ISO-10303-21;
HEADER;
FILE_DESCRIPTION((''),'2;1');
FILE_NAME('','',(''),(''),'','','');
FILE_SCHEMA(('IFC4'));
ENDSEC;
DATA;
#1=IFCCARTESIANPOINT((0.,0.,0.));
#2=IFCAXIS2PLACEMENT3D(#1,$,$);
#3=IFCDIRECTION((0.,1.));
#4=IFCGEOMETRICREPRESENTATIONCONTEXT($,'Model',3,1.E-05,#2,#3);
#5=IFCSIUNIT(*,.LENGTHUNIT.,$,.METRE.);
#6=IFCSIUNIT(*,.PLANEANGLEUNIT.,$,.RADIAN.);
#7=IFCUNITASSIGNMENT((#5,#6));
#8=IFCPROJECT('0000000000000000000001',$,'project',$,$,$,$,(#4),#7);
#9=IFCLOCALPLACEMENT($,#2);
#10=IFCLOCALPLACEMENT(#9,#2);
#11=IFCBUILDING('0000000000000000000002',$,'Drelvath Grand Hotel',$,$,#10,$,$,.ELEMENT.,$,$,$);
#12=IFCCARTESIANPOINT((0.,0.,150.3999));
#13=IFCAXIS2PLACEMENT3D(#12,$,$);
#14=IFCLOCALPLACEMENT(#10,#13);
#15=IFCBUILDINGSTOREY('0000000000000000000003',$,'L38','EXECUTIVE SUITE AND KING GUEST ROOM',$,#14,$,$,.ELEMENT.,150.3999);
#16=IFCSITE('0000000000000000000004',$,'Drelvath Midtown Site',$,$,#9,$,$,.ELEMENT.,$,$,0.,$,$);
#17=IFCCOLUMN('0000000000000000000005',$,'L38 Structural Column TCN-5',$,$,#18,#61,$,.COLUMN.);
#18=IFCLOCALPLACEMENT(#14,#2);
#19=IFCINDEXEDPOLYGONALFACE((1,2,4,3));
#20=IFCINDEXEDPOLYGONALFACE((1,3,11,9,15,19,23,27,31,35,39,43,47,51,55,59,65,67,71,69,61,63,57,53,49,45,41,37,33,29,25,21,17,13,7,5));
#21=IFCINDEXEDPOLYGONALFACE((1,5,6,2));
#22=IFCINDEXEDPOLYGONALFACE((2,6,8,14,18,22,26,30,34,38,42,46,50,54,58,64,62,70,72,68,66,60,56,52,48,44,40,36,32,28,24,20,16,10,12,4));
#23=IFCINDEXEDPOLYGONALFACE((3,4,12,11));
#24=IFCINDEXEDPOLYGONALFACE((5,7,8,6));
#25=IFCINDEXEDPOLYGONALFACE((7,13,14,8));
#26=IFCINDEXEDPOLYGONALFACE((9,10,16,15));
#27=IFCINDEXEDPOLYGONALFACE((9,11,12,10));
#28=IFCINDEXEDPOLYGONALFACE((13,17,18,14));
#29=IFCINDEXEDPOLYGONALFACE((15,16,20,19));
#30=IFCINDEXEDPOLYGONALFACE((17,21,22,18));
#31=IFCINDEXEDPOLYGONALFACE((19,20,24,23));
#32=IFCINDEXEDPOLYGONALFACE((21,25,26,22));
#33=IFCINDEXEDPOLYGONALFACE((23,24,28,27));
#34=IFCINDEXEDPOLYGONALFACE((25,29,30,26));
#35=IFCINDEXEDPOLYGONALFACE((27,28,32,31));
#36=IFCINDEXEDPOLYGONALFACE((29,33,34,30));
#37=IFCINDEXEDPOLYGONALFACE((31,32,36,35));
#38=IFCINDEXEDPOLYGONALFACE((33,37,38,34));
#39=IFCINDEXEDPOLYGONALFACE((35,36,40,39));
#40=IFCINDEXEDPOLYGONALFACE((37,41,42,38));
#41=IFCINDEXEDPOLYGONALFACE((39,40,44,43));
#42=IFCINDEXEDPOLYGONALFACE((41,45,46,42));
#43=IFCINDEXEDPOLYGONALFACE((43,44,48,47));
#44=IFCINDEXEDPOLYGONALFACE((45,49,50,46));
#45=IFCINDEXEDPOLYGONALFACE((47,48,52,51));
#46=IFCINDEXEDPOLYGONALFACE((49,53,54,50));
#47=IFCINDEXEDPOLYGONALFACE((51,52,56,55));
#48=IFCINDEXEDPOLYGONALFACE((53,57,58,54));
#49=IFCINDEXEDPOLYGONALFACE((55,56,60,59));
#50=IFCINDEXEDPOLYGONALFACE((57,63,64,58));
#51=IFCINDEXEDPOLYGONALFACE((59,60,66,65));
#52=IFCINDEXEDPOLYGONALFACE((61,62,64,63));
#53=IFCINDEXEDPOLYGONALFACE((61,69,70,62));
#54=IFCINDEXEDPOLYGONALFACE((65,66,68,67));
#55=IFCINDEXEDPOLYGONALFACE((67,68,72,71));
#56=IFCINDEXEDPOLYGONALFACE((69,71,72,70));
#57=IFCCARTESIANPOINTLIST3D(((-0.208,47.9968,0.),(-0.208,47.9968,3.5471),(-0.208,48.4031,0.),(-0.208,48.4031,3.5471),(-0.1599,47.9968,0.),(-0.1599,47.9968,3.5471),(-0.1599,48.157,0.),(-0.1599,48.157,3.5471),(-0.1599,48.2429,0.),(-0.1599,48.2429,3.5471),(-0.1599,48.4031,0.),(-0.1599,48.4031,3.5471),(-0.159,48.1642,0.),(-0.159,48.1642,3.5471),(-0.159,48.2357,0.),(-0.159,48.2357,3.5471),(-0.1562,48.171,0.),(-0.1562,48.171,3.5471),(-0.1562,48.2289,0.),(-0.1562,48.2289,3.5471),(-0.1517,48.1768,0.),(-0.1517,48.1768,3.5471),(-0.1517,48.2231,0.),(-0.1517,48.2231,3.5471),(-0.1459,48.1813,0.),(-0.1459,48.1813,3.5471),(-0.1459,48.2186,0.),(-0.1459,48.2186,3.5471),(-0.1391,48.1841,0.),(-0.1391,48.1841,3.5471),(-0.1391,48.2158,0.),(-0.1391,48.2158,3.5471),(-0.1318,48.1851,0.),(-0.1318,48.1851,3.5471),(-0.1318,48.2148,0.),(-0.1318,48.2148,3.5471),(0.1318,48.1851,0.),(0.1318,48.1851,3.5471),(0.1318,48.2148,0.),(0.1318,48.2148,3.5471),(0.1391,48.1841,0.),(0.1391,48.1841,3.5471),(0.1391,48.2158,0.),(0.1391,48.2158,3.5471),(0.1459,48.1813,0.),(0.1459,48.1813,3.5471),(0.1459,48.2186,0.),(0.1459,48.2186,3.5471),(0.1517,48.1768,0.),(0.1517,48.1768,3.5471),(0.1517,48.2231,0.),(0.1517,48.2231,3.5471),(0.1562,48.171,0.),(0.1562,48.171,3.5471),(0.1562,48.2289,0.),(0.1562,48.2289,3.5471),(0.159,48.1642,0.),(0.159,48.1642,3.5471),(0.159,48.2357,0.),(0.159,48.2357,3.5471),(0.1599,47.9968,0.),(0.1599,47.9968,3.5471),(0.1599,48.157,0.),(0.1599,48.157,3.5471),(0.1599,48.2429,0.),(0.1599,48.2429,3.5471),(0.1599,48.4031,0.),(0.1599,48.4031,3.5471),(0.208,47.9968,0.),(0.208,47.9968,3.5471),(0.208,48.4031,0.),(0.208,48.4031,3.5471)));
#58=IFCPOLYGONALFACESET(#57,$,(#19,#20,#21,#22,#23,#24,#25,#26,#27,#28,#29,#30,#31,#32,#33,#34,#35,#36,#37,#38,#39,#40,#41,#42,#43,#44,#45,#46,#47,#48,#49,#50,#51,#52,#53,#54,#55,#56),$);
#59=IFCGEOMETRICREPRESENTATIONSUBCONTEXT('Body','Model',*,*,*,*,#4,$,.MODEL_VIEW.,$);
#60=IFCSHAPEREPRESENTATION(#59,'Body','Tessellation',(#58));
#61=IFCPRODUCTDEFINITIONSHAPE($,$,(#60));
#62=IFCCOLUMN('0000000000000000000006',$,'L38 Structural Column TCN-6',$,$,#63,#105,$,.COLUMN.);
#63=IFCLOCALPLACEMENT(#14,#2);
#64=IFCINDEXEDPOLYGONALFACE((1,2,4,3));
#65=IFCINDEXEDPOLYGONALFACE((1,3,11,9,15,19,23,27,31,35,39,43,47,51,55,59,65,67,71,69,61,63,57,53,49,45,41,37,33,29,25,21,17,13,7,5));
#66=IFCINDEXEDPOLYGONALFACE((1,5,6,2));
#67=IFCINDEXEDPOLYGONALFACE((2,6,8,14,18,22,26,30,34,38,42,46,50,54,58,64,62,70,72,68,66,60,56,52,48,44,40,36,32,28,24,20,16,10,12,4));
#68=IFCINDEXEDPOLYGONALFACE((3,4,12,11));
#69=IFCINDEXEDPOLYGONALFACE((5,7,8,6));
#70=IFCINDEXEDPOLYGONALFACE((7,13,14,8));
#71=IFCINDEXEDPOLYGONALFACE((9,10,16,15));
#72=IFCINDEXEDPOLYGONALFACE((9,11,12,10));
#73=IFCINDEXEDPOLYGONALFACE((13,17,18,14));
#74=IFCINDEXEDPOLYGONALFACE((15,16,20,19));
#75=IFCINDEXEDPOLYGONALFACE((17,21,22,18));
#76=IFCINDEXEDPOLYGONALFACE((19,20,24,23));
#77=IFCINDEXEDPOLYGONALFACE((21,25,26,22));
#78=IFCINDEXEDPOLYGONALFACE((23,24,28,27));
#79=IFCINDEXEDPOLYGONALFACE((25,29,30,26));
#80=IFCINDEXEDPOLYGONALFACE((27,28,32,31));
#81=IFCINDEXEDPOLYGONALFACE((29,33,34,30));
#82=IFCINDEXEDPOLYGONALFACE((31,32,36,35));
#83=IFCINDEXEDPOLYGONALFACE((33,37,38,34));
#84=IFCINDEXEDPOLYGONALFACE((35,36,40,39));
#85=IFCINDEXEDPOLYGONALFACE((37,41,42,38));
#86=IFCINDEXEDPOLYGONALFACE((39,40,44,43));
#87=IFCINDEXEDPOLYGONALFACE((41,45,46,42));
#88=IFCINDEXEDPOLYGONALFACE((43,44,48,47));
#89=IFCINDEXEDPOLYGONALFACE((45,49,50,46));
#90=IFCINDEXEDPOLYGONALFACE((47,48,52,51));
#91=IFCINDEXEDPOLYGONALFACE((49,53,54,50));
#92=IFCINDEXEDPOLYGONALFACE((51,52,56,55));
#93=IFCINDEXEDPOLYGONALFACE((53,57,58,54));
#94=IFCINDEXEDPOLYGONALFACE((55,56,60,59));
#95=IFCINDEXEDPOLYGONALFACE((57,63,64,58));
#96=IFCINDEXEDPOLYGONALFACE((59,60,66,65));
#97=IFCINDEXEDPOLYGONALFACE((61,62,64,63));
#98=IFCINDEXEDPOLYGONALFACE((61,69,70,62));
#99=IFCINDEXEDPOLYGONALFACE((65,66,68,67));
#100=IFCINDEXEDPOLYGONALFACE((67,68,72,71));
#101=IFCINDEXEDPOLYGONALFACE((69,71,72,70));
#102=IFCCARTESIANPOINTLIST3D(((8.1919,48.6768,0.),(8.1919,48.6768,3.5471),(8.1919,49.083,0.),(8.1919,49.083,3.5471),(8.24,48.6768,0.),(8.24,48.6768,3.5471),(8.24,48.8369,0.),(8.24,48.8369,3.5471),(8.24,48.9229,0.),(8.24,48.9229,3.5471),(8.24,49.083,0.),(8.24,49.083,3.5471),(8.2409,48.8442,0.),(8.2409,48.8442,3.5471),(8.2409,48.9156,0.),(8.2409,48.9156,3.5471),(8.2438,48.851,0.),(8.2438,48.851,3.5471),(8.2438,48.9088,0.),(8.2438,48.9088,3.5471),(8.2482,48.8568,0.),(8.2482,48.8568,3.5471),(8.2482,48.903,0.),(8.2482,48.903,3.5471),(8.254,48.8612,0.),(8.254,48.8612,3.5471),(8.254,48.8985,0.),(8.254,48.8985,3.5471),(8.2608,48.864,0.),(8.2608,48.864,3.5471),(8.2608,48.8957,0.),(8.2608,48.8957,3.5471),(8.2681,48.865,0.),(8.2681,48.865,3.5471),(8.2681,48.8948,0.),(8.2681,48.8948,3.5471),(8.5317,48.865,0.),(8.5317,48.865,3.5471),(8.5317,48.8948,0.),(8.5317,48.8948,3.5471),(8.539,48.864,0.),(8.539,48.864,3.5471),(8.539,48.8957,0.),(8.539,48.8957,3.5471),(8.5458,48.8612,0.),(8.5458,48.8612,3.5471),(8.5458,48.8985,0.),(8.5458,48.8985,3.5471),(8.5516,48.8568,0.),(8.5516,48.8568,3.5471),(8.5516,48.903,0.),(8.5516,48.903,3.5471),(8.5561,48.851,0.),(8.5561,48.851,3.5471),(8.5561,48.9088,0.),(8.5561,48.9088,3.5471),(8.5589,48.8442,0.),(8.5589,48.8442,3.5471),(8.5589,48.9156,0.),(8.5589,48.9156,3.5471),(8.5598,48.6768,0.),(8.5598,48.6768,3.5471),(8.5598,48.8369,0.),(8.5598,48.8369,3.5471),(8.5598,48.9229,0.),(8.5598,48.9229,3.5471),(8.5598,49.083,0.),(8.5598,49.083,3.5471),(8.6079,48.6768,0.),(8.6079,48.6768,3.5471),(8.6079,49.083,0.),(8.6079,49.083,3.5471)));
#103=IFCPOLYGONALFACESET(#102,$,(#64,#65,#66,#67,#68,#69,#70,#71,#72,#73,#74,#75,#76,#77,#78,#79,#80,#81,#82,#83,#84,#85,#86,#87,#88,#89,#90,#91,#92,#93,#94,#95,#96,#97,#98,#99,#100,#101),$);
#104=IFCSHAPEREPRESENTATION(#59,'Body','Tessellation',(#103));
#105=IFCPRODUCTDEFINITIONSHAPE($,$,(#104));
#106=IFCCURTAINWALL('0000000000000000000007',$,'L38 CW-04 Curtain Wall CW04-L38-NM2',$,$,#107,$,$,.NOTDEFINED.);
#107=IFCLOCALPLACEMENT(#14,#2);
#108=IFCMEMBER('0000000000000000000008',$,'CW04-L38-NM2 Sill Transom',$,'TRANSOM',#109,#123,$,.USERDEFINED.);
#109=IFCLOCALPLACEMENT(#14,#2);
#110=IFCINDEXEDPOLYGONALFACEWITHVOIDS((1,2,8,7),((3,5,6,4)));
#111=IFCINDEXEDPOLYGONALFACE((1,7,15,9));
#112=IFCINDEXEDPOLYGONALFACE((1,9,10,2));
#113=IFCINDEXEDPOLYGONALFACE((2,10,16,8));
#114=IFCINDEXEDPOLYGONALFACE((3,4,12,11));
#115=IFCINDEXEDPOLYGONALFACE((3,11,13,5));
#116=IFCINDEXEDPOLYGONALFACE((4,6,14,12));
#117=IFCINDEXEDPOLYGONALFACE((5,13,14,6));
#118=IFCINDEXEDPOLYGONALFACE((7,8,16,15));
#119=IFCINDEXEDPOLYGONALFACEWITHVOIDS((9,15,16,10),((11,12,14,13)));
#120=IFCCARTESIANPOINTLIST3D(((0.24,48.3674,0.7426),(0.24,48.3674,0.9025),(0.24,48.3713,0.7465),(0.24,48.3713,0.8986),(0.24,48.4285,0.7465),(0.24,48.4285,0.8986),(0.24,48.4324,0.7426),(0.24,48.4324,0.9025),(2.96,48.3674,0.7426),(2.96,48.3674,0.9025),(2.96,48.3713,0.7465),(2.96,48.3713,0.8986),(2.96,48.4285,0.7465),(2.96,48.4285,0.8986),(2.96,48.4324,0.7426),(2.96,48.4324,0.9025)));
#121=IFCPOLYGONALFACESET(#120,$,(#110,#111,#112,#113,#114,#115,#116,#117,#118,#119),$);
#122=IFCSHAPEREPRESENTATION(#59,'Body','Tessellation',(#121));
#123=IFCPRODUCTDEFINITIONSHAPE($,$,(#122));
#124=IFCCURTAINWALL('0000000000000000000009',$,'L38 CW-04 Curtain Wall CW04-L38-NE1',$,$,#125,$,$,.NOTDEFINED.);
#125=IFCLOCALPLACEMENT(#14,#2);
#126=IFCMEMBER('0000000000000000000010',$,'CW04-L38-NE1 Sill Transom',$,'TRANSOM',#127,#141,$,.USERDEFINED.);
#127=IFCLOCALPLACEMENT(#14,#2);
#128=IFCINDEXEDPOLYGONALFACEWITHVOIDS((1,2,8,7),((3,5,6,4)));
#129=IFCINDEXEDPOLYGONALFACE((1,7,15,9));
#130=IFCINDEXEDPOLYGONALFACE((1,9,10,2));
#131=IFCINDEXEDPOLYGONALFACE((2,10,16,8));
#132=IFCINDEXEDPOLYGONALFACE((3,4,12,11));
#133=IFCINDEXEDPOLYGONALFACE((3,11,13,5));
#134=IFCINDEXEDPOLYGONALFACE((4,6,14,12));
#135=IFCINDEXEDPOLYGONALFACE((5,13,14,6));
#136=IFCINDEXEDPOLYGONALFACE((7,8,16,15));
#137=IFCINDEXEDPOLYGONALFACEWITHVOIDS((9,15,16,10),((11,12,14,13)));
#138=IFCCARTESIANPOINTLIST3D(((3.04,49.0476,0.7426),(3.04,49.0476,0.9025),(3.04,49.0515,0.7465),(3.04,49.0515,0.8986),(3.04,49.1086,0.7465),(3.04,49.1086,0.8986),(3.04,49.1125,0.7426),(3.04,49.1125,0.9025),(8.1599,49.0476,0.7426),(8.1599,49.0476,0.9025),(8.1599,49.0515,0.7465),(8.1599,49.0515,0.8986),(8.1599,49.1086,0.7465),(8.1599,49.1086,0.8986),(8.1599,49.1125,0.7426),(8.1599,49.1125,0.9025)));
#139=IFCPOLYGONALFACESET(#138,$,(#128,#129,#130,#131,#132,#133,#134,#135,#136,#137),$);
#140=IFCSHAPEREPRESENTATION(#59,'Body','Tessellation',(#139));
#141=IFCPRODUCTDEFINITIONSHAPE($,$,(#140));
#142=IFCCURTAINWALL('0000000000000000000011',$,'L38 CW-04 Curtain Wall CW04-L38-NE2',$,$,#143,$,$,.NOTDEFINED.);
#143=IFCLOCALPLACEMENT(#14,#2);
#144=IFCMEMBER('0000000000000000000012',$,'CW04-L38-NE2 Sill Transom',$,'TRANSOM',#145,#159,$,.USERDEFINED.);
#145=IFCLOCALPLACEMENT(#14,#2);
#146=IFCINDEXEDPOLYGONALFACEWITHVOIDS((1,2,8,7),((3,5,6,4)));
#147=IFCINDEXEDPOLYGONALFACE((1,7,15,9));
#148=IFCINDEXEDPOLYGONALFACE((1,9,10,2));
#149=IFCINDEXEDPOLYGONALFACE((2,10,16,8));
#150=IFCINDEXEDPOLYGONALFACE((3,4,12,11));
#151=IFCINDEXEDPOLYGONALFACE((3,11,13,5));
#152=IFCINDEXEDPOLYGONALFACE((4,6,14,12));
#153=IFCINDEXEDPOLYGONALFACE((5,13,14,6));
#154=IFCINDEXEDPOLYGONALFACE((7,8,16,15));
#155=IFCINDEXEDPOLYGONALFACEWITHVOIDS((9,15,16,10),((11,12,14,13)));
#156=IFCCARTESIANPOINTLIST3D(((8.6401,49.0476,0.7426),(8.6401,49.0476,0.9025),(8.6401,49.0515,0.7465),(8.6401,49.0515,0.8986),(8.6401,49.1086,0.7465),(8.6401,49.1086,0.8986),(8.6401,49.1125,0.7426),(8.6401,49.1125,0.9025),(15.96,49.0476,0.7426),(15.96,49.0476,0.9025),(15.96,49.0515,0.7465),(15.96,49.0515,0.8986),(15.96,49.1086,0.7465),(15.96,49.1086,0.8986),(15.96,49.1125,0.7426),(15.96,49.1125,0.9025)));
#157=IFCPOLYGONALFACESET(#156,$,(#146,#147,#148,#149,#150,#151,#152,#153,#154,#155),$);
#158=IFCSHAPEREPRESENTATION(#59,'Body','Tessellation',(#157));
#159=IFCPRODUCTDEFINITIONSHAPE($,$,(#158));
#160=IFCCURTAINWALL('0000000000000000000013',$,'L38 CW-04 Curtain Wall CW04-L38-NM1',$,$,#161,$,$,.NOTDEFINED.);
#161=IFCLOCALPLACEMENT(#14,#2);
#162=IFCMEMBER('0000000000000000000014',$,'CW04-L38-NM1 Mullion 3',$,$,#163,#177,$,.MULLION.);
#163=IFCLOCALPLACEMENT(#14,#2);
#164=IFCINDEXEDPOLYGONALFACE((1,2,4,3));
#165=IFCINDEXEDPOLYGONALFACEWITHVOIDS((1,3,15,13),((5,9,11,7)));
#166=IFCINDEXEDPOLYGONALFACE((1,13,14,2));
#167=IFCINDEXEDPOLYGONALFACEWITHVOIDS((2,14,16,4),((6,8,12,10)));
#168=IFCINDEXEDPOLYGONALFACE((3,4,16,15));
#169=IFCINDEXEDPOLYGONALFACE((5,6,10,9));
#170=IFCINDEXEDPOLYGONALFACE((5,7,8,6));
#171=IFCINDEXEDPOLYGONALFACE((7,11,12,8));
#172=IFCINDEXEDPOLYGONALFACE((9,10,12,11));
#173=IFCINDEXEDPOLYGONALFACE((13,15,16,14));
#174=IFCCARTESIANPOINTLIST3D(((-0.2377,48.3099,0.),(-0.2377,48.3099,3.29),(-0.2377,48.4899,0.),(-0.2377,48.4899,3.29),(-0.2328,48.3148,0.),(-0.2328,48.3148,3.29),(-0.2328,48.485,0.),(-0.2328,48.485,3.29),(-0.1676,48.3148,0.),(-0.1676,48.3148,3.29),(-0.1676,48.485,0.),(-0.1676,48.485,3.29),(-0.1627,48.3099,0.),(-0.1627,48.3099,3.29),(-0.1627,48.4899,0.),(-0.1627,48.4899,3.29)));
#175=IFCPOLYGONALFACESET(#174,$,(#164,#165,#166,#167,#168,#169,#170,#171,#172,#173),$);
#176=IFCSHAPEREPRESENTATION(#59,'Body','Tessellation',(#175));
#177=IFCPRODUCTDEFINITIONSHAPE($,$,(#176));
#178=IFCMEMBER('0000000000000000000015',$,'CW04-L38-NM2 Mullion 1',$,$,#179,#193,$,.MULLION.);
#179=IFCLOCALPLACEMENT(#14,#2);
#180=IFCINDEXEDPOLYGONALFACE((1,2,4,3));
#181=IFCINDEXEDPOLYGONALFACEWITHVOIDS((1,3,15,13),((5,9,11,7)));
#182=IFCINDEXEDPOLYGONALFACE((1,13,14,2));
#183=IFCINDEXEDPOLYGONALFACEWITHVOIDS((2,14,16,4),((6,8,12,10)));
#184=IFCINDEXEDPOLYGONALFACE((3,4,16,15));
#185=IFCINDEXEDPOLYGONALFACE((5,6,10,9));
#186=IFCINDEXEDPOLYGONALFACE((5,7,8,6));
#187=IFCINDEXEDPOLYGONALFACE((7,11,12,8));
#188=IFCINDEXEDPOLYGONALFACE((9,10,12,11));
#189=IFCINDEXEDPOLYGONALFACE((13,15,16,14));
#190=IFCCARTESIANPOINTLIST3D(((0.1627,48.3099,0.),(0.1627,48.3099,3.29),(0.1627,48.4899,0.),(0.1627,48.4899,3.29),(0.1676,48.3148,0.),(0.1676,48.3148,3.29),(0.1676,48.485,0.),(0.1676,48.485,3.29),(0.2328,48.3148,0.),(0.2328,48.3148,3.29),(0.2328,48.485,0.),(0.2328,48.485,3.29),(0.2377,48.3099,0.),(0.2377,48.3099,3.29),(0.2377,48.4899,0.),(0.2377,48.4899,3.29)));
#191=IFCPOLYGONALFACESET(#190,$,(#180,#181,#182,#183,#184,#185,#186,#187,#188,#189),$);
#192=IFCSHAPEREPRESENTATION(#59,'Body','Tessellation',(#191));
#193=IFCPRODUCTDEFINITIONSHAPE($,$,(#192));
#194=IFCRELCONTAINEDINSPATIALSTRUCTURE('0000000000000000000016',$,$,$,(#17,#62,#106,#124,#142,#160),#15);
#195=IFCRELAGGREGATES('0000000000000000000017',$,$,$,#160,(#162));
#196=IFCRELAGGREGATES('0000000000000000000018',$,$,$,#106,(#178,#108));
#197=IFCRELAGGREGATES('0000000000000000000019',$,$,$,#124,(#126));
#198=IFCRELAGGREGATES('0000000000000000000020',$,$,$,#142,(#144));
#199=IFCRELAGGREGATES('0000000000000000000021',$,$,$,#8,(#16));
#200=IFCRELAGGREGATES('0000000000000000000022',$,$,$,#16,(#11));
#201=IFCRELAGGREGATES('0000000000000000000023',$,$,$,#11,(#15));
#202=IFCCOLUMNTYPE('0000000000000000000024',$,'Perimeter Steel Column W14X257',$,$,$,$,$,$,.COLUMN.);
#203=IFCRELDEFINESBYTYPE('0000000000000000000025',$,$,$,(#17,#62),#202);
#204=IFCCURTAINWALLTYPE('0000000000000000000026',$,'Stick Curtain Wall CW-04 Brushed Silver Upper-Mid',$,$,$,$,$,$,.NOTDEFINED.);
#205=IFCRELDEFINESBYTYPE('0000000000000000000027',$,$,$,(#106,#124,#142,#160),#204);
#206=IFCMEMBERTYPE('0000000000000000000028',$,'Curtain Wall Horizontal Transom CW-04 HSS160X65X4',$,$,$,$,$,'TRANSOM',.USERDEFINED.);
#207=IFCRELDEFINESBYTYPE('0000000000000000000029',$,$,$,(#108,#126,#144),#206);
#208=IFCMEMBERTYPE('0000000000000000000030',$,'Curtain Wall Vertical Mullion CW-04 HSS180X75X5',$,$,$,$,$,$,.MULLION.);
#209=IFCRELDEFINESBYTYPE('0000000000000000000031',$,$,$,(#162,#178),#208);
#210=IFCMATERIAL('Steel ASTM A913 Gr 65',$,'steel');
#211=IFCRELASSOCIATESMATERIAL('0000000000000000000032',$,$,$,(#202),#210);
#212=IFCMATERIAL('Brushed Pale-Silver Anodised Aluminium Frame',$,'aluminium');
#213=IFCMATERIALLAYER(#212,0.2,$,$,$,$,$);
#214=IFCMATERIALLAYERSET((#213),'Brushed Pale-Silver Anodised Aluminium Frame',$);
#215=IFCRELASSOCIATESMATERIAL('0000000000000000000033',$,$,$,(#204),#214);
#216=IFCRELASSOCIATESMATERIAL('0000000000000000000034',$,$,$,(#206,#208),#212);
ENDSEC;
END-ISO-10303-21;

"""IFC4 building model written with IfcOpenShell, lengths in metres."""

from ifc_helpers import new_model, si_unit, direction, frame, origin, origin_2d, place, context, subcontext, project, spatial, hollow_rectangle, i_section, extrude, material, layer, layer_set, material_profile, profile_set, type_object, element, aggregate, save


model = new_model("IFC4")

# Units and contexts
model_context = context("Model", 3, precision=1e-05, world=origin(), true_north=direction((0.0, 1.0)))
body_context = subcontext(model_context, "Body", "Model", "MODEL_VIEW")
ifc_project = project(units=[si_unit("LENGTHUNIT", "METRE"), si_unit("PLANEANGLEUNIT", "RADIAN")], contexts=[model_context])

# Site, building, storey
site_placement = place(None, origin())
site = spatial("IfcSite", under=ifc_project, at=site_placement, Name="Drelvath Midtown Site", CompositionType="ELEMENT", RefElevation=0.0)
building_placement = place(site_placement, origin())
building = spatial("IfcBuilding", under=site, at=building_placement, Name="Drelvath Grand Hotel", CompositionType="ELEMENT")
storey_placement = place(building_placement, frame((0.0, 0.0, 150.3999)))
storey = spatial("IfcBuildingStorey", under=building, at=storey_placement, Name="L38", Description="EXECUTIVE SUITE AND KING GUEST ROOM", CompositionType="ELEMENT", Elevation=150.3999)

# Columns
ifc_material_1 = material(Name="Steel ASTM A913 Gr 65", Category="steel")
ifc_material_profile_1 = material_profile(ifc_material_1, i_section(OverallWidth=0.4062, OverallDepth=0.416, WebThickness=0.0298, FlangeThickness=0.0481, FilletRadius=0.0281, at=origin_2d()), Name="W14X257")
ifc_profile_set_1 = profile_set([ifc_material_profile_1], Name="Steel ASTM A913 Gr 65")
column_type = type_object("IfcColumnType", Name="Perimeter Steel Column W14X257", PredefinedType="COLUMN", material=ifc_profile_set_1)
for number, where, z_axis, x_axis, name in (
    (1, (0.0, 48.2, 0.0), (0.0, 0.0, 1.0), (0.0, 1.0, 0.0), "L38 Structural Column TCN-5"),
    (2, (8.3999, 48.8799, 0.0), (0.0, 0.0, 1.0), (0.0, 1.0, 0.0), "L38 Structural Column TCN-6"),
):
    element("IfcColumn", number, at=place(storey_placement, frame(where, z_axis=z_axis, x_axis=x_axis)), inside=storey, type_object=column_type, Name=name, PredefinedType="COLUMN", context=body_context, shape_type="SweptSolid", body=[
        extrude(i_section(OverallWidth=0.4062, OverallDepth=0.416, WebThickness=0.0298, FlangeThickness=0.0481, FilletRadius=0.0281, at=origin_2d()), origin(), (0.0, 0.0, 1.0), 3.5471),
    ])

# Curtain walls, members
ifc_material_2 = material(Name="Brushed Pale-Silver Anodised Aluminium Frame", Category="aluminium")
ifc_layer_1 = layer(ifc_material_2, 0.2)
ifc_layer_set_1 = layer_set([ifc_layer_1], Name="Brushed Pale-Silver Anodised Aluminium Frame")
curtain_wall_type = type_object("IfcCurtainWallType", Name="Stick Curtain Wall CW-04 Brushed Silver Upper-Mid", PredefinedType="NOTDEFINED", material=ifc_layer_set_1)
curtain_wall_1_placement = place(storey_placement, origin())
curtain_wall_1 = element("IfcCurtainWall", 3, at=curtain_wall_1_placement, inside=storey, type_object=curtain_wall_type, Name="L38 CW-04 Curtain Wall CW04-L38-NM2", PredefinedType="NOTDEFINED")
ifc_material_profile_2 = material_profile(ifc_material_2, hollow_rectangle(XDim=0.0649, YDim=0.1599, WallThickness=0.0039, at=origin_2d()), Name="HSS160X65X4")
ifc_profile_set_2 = profile_set([ifc_material_profile_2], Name="Brushed Pale-Silver Anodised Aluminium Frame")
member_type_1 = type_object("IfcMemberType", Name="Curtain Wall Horizontal Transom CW-04 HSS160X65X4", ElementType="TRANSOM", PredefinedType="USERDEFINED", material=ifc_profile_set_2)
member_1_placement = place(storey_placement, frame((0.24, 48.3999, 0.8225), z_axis=(1.0, 0.0, 0.0), x_axis=(0.0, 1.0, 0.0)))
member_1 = element("IfcMember", 4, at=member_1_placement, type_object=member_type_1, Name="CW04-L38-NM2 Sill Transom", ObjectType="TRANSOM", PredefinedType="USERDEFINED", context=body_context, shape_type="SweptSolid", body=[
    extrude(hollow_rectangle(XDim=0.0649, YDim=0.1599, WallThickness=0.0039, at=origin_2d()), origin(), (0.0, 0.0, 1.0), 2.72),
])
curtain_wall_2_placement = place(storey_placement, origin())
curtain_wall_2 = element("IfcCurtainWall", 5, at=curtain_wall_2_placement, inside=storey, type_object=curtain_wall_type, Name="L38 CW-04 Curtain Wall CW04-L38-NE1", PredefinedType="NOTDEFINED")
member_2_placement = place(storey_placement, frame((3.04, 49.0801, 0.8225), z_axis=(1.0, 0.0, 0.0), x_axis=(0.0, 1.0, 0.0)))
member_2 = element("IfcMember", 6, at=member_2_placement, type_object=member_type_1, Name="CW04-L38-NE1 Sill Transom", ObjectType="TRANSOM", PredefinedType="USERDEFINED", context=body_context, shape_type="SweptSolid", body=[
    extrude(hollow_rectangle(XDim=0.0649, YDim=0.1599, WallThickness=0.0039, at=origin_2d()), origin(), (0.0, 0.0, 1.0), 5.1199),
])
curtain_wall_3_placement = place(storey_placement, origin())
curtain_wall_3 = element("IfcCurtainWall", 7, at=curtain_wall_3_placement, inside=storey, type_object=curtain_wall_type, Name="L38 CW-04 Curtain Wall CW04-L38-NE2", PredefinedType="NOTDEFINED")
member_3_placement = place(storey_placement, frame((8.6401, 49.0801, 0.8225), z_axis=(1.0, 0.0, 0.0), x_axis=(0.0, 1.0, 0.0)))
member_3 = element("IfcMember", 8, at=member_3_placement, type_object=member_type_1, Name="CW04-L38-NE2 Sill Transom", ObjectType="TRANSOM", PredefinedType="USERDEFINED", context=body_context, shape_type="SweptSolid", body=[
    extrude(hollow_rectangle(XDim=0.0649, YDim=0.1599, WallThickness=0.0039, at=origin_2d()), origin(), (0.0, 0.0, 1.0), 7.3198),
])
curtain_wall_4_placement = place(storey_placement, origin())
curtain_wall_4 = element("IfcCurtainWall", 9, at=curtain_wall_4_placement, inside=storey, type_object=curtain_wall_type, Name="L38 CW-04 Curtain Wall CW04-L38-NM1", PredefinedType="NOTDEFINED")
ifc_material_profile_3 = material_profile(ifc_material_2, hollow_rectangle(XDim=0.075, YDim=0.1799, WallThickness=0.0049, at=origin_2d()), Name="HSS180X75X5")
ifc_profile_set_3 = profile_set([ifc_material_profile_3], Name="Brushed Pale-Silver Anodised Aluminium Frame")
member_type_2 = type_object("IfcMemberType", Name="Curtain Wall Vertical Mullion CW-04 HSS180X75X5", PredefinedType="MULLION", material=ifc_profile_set_3)
member_4_placement = place(storey_placement, frame((-0.2002, 48.3999, 0.0), z_axis=(0.0, 0.0, 1.0), x_axis=(1.0, 0.0, 0.0)))
member_4 = element("IfcMember", 10, at=member_4_placement, type_object=member_type_2, Name="CW04-L38-NM1 Mullion 3", PredefinedType="MULLION", context=body_context, shape_type="SweptSolid", body=[
    extrude(hollow_rectangle(XDim=0.075, YDim=0.1799, WallThickness=0.0049, at=origin_2d()), origin(), (0.0, 0.0, 1.0), 3.29),
])
aggregate(curtain_wall_4, [member_4])

# Member
member_5_placement = place(storey_placement, frame((0.2002, 48.3999, 0.0), z_axis=(0.0, 0.0, 1.0), x_axis=(1.0, 0.0, 0.0)))
member_5 = element("IfcMember", 11, at=member_5_placement, type_object=member_type_2, Name="CW04-L38-NM2 Mullion 1", PredefinedType="MULLION", context=body_context, shape_type="SweptSolid", body=[
    extrude(hollow_rectangle(XDim=0.075, YDim=0.1799, WallThickness=0.0049, at=origin_2d()), origin(), (0.0, 0.0, 1.0), 3.29),
])

aggregate(curtain_wall_1, [member_5, member_1])
aggregate(curtain_wall_2, [member_2])
aggregate(curtain_wall_3, [member_3])

save(model, "model.ifc")
